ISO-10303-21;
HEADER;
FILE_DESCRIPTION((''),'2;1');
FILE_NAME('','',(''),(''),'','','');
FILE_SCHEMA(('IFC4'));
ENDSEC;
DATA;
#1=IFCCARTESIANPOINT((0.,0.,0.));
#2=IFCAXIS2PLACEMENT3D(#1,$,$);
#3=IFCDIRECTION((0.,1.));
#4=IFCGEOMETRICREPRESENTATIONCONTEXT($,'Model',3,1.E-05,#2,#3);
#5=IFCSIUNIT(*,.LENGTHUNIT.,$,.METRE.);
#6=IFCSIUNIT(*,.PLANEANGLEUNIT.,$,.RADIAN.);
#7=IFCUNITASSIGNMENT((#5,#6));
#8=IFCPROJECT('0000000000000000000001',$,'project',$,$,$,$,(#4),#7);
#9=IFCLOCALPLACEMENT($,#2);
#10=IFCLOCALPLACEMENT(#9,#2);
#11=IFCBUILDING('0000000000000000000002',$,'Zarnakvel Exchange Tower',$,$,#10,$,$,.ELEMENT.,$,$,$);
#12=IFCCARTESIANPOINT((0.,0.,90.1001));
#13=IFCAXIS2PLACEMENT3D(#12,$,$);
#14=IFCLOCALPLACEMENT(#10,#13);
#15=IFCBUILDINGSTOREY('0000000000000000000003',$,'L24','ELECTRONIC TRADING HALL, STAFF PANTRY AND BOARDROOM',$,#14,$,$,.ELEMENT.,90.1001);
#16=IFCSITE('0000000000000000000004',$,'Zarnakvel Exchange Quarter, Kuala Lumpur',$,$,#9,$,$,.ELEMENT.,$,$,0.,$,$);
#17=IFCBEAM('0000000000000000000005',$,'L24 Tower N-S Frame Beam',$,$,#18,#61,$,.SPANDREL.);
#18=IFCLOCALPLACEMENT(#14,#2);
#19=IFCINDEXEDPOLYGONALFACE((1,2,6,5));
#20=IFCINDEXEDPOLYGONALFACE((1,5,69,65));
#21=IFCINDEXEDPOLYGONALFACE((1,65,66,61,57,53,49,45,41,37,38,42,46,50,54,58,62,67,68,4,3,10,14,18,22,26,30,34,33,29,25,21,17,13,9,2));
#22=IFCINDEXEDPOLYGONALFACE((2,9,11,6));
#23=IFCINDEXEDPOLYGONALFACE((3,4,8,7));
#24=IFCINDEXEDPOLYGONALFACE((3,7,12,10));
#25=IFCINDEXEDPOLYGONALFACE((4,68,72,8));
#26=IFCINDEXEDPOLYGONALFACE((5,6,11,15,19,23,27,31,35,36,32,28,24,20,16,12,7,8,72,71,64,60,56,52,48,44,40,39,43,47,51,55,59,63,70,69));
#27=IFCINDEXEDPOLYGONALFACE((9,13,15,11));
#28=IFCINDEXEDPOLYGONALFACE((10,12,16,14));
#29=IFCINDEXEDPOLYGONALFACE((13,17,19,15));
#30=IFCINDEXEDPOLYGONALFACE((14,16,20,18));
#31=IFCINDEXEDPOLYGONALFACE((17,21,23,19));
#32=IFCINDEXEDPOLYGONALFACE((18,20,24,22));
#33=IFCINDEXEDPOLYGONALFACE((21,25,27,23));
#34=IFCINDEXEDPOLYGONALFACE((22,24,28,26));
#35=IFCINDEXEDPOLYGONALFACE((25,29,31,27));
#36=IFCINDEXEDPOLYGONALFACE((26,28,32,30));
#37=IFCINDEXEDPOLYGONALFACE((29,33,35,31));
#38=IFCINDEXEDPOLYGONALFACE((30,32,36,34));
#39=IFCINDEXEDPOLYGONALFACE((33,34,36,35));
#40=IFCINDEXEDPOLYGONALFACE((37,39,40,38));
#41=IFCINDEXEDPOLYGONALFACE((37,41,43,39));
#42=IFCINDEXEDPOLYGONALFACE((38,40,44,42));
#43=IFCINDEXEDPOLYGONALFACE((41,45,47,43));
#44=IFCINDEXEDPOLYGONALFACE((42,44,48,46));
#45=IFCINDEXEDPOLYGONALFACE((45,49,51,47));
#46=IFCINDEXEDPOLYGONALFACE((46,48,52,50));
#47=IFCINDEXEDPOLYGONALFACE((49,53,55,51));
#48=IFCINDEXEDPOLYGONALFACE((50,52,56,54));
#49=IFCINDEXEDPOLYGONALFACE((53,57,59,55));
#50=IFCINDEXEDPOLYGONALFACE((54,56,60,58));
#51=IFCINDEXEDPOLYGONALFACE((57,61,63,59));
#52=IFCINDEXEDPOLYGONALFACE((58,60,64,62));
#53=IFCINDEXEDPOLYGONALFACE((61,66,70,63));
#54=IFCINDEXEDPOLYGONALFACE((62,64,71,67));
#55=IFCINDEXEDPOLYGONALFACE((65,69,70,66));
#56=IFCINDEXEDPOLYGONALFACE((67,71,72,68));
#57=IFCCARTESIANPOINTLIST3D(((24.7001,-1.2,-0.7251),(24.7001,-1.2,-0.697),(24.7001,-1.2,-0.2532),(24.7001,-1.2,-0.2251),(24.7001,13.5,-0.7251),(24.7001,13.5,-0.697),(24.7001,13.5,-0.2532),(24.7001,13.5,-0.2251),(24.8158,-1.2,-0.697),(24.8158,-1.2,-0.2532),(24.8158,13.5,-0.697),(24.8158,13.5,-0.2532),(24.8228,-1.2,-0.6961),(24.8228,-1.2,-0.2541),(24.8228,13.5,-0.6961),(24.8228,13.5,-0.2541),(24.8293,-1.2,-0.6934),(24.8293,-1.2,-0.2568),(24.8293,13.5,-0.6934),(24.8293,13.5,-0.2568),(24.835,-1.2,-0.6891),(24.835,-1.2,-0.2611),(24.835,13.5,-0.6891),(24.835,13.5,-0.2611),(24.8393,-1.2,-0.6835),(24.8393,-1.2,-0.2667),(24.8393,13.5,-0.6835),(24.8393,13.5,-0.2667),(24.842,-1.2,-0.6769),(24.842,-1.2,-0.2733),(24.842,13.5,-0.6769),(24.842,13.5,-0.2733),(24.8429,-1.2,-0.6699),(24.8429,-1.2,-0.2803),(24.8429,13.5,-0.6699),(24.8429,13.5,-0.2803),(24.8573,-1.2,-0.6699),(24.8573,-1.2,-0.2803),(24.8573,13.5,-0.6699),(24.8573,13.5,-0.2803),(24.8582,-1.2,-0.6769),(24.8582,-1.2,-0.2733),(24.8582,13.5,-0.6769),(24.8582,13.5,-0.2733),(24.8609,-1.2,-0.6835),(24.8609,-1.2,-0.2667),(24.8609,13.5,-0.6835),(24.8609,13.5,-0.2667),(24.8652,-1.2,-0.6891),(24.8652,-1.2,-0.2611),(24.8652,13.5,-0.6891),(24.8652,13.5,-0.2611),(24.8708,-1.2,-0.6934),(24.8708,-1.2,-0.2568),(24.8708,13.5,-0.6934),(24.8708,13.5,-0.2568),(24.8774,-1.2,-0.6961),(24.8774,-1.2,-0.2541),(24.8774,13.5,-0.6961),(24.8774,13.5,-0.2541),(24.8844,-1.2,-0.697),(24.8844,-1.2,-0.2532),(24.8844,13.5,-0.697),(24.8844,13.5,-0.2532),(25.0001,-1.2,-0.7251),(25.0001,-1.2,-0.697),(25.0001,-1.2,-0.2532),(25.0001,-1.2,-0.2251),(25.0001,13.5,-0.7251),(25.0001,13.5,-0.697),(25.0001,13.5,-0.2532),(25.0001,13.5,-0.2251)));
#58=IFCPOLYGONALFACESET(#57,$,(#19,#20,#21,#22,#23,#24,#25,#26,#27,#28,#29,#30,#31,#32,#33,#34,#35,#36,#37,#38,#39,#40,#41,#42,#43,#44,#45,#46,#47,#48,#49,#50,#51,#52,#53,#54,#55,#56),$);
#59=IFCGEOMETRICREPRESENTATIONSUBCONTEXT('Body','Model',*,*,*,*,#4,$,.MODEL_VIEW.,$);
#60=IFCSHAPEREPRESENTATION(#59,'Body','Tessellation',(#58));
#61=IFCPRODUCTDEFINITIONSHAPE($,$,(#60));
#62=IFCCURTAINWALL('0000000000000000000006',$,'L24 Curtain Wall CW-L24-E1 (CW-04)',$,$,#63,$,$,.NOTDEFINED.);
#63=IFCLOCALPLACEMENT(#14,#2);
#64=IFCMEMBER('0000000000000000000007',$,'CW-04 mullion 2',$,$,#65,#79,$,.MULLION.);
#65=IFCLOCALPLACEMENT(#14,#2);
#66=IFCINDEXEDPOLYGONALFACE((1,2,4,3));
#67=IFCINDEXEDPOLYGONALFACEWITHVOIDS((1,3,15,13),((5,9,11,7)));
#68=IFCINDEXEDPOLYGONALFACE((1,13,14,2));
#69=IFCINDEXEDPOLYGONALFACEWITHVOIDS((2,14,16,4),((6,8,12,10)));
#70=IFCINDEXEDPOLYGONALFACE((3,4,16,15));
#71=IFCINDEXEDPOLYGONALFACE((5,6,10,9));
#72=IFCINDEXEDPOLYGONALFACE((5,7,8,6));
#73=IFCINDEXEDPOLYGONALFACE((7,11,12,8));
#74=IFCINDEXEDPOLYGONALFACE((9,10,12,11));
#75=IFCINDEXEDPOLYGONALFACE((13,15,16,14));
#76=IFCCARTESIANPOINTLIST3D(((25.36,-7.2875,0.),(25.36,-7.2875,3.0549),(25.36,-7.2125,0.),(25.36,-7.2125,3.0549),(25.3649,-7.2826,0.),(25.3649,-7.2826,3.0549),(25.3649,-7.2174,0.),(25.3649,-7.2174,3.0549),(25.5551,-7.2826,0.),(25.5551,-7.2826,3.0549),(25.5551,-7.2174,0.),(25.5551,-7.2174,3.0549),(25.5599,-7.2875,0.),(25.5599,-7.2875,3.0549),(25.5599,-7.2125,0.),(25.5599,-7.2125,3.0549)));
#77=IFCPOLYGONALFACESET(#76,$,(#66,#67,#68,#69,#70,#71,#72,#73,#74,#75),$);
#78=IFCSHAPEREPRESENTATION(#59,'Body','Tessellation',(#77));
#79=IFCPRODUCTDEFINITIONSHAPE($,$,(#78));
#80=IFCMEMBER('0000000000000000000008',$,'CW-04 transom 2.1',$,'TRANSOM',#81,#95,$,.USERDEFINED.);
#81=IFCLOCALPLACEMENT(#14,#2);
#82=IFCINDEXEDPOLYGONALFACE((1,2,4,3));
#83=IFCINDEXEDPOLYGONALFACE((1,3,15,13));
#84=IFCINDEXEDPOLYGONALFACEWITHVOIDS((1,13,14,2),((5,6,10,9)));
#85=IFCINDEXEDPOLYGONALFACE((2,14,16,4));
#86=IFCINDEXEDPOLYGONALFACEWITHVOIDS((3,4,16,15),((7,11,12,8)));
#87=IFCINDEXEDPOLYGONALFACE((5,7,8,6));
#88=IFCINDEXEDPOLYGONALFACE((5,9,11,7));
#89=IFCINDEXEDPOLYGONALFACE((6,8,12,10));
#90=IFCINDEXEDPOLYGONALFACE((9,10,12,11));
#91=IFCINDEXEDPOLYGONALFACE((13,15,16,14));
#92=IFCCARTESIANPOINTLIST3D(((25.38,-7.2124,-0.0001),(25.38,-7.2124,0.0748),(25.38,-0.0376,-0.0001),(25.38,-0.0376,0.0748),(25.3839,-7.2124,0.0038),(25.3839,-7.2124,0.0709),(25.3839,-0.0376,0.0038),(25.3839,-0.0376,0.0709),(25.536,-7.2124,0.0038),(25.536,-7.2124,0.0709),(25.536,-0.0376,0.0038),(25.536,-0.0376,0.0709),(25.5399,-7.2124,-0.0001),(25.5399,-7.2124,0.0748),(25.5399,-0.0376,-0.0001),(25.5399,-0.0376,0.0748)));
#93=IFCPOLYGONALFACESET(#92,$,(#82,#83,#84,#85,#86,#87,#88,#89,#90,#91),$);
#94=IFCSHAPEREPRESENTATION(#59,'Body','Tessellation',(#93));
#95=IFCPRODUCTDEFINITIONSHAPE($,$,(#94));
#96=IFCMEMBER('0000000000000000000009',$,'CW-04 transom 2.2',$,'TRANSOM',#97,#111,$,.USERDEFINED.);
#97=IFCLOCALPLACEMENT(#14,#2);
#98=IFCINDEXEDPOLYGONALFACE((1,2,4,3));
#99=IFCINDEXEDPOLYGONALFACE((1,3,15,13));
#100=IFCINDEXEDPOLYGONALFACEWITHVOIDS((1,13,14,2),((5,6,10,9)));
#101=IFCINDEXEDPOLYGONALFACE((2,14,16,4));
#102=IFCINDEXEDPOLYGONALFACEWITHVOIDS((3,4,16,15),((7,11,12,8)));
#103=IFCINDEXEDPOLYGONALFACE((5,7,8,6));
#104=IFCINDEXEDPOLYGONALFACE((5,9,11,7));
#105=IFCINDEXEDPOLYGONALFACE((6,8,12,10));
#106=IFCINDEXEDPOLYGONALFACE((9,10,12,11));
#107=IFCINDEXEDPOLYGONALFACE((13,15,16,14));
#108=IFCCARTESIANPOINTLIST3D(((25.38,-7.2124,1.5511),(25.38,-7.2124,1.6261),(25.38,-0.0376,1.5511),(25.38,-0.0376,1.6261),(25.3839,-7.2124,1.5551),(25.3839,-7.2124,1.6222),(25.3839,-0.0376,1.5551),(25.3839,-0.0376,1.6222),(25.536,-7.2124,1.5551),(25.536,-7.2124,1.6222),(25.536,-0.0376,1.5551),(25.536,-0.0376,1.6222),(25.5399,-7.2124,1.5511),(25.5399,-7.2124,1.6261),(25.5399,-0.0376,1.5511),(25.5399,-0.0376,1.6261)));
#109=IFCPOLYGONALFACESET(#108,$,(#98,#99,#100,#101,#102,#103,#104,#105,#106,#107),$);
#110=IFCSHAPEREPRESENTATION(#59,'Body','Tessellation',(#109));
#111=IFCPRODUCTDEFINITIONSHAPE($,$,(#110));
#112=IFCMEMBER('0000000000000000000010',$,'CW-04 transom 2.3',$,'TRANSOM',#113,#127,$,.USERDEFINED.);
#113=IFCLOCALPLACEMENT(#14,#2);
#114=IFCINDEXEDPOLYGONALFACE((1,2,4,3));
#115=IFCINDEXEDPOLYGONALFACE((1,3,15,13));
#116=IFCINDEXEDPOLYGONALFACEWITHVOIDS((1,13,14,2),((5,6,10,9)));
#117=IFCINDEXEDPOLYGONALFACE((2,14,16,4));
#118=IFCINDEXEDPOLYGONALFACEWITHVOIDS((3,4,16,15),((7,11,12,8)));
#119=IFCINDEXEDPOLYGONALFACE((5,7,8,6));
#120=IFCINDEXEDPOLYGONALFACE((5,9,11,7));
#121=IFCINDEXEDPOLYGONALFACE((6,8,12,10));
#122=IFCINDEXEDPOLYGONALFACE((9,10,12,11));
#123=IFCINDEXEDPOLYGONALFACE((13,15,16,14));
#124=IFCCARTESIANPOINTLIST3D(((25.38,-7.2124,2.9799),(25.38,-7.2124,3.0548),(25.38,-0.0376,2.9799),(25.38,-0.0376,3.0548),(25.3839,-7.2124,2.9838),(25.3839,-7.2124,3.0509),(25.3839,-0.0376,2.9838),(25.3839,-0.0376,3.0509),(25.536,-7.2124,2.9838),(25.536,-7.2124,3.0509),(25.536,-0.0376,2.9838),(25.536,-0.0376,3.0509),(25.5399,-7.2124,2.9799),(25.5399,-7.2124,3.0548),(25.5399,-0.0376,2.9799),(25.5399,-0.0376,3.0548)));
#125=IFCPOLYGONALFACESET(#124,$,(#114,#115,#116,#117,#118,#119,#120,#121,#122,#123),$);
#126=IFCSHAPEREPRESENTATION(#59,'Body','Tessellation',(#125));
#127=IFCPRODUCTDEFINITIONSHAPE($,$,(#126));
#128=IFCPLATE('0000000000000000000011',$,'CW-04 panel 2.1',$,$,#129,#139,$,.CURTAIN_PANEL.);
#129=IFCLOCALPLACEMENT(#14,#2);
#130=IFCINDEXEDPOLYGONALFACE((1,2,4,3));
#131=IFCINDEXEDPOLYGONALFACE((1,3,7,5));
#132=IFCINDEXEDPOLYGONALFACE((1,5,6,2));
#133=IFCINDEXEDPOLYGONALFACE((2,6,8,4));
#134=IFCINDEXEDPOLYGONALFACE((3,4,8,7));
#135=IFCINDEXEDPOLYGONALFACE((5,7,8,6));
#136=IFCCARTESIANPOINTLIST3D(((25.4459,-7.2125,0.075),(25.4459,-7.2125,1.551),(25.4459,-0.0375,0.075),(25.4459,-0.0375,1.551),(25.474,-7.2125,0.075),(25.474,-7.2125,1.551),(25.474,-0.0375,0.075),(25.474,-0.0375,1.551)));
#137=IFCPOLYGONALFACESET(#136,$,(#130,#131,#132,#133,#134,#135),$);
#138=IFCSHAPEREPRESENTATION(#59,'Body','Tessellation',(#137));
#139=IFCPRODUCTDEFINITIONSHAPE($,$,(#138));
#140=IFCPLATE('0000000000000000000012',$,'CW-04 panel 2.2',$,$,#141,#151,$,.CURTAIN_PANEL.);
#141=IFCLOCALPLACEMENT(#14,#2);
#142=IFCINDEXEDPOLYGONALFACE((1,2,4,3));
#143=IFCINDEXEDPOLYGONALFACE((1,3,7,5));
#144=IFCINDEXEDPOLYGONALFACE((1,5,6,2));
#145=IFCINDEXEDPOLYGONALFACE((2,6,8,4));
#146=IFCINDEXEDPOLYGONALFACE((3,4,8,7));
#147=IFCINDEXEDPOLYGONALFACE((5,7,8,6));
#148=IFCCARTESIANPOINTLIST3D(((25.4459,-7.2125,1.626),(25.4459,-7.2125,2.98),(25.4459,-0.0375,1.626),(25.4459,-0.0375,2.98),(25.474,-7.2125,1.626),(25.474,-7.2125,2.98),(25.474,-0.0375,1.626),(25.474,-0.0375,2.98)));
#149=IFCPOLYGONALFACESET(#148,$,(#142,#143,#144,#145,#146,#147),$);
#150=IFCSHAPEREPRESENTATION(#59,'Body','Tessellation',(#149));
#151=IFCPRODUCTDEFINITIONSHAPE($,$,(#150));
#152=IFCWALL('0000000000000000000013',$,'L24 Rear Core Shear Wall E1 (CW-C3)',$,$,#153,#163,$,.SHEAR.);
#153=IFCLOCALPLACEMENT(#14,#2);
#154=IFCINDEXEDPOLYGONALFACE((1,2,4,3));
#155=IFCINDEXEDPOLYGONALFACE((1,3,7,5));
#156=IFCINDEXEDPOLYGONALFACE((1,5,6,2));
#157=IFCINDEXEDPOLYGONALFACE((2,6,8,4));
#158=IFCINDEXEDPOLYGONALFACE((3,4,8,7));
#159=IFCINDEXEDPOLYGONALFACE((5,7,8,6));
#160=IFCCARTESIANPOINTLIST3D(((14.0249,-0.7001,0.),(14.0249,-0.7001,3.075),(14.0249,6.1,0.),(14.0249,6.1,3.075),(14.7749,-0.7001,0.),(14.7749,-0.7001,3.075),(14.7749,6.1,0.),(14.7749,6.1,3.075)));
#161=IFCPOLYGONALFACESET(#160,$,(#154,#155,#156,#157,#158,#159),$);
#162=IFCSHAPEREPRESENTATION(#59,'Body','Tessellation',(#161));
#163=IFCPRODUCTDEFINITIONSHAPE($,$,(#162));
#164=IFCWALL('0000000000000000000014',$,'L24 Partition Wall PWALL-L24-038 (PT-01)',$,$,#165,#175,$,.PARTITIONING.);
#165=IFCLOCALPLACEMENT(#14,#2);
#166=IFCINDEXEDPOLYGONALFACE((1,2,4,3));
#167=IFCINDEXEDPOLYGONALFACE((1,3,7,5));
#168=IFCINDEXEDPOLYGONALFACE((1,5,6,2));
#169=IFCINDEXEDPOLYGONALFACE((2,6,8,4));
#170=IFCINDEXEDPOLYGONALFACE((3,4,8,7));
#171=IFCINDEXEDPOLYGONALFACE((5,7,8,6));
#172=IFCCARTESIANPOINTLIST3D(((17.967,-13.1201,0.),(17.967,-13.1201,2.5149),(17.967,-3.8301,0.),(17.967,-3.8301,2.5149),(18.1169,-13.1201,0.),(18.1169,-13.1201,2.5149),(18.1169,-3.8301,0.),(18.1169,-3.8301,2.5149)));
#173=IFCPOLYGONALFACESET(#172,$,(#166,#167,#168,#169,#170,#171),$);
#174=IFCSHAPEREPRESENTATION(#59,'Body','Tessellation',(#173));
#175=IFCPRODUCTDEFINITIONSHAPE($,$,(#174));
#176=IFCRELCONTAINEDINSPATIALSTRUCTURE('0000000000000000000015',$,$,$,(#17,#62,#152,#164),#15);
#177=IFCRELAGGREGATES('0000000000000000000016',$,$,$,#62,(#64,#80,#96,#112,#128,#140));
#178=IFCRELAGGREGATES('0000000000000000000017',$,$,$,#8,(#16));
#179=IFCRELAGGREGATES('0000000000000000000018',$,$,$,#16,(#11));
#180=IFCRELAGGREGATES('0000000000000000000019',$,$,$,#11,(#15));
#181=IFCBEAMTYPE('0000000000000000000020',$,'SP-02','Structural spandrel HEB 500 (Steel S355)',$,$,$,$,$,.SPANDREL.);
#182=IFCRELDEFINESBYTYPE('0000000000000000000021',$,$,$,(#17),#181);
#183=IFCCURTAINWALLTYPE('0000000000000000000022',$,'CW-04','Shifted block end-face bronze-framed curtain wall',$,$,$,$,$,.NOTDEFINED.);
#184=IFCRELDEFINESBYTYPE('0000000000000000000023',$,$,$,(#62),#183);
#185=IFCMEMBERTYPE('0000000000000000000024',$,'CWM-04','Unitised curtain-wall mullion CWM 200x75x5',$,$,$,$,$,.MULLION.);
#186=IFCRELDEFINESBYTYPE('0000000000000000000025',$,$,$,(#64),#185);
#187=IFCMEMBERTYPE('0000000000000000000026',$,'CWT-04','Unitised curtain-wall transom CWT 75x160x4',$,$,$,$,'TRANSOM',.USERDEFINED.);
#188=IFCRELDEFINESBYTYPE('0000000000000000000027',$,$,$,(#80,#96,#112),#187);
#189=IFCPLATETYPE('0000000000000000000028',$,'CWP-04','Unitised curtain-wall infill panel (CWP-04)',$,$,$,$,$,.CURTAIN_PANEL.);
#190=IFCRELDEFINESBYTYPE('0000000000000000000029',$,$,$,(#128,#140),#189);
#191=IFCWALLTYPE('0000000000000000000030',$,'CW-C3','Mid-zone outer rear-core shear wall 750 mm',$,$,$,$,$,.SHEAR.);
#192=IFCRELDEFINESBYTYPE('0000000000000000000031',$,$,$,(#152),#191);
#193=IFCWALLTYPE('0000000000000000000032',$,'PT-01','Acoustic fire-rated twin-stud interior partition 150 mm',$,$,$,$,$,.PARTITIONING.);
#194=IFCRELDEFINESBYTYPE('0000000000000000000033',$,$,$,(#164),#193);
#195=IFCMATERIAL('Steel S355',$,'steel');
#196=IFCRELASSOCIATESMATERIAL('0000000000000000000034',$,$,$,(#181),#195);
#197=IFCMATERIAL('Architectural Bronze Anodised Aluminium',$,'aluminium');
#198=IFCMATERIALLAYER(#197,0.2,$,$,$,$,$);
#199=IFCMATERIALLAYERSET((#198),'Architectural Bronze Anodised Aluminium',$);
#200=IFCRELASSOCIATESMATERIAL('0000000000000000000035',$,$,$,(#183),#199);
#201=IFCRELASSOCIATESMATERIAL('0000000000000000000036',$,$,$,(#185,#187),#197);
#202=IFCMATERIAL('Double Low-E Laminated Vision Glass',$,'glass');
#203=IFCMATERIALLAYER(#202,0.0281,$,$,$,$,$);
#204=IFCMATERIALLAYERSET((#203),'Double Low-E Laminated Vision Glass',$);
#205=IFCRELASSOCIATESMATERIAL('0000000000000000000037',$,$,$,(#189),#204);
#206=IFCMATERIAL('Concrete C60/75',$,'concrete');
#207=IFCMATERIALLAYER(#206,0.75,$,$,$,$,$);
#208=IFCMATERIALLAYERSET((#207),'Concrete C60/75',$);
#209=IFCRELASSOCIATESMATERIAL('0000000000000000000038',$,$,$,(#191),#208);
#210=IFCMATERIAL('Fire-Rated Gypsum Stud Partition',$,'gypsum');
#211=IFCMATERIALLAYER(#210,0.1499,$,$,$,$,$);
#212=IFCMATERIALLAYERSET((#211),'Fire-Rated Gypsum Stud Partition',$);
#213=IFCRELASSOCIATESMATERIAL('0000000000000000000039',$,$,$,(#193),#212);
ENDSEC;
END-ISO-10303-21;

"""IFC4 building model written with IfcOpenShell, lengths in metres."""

from ifc_helpers import new_model, si_unit, direction, frame, frame_2d, origin, origin_2d, place, context, subcontext, project, spatial, rectangle, hollow_rectangle, i_section, extrude, source, transform, mapped, material, layer, layer_set, material_profile, profile_set, type_object, element, aggregate, save


model = new_model("IFC4")

# Units and contexts
model_context = context("Model", 3, precision=1e-05, world=origin(), true_north=direction((0.0, 1.0)))
body_context = subcontext(model_context, "Body", "Model", "MODEL_VIEW")
ifc_project = project(units=[si_unit("LENGTHUNIT", "METRE"), si_unit("PLANEANGLEUNIT", "RADIAN")], contexts=[model_context])

# Site, building, storey
site_placement = place(None, origin())
site = spatial("IfcSite", under=ifc_project, at=site_placement, Name="Zarnakvel Exchange Quarter, Kuala Lumpur", CompositionType="ELEMENT", RefElevation=0.0)
building_placement = place(site_placement, origin())
building = spatial("IfcBuilding", under=site, at=building_placement, Name="Zarnakvel Exchange Tower", CompositionType="ELEMENT")
storey_placement = place(building_placement, frame((0.0, 0.0, 90.1001)))
storey = spatial("IfcBuildingStorey", under=building, at=storey_placement, Name="L24", Description="ELECTRONIC TRADING HALL, STAFF PANTRY AND BOARDROOM", CompositionType="ELEMENT", Elevation=90.1001)

# Shared definitions
ifc_material_1 = material(Name="Concrete C60/75", Category="concrete")
ifc_material_2 = material(Name="Steel S355", Category="steel")

# Beam
ifc_material_profile_1 = material_profile(ifc_material_2, i_section(OverallWidth=0.3, OverallDepth=0.5, WebThickness=0.0144, FlangeThickness=0.0281, FilletRadius=0.0271, at=origin_2d()))
ifc_profile_set_1 = profile_set([ifc_material_profile_1], Name="Steel S355")
beam_type_1 = type_object("IfcBeamType", Name="SP-02", Description="Structural spandrel HEB 500 (Steel S355)", PredefinedType="SPANDREL", material=ifc_profile_set_1)
beam_1_placement = place(storey_placement, frame((24.8501, -1.2, -0.4751), z_axis=(0.0, 1.0, 0.0), x_axis=(-1.0, 0.0, 0.0)))
element("IfcBeam", 1, at=beam_1_placement, inside=storey, type_object=beam_type_1, Name="L24 Tower N-S Frame Beam", PredefinedType="SPANDREL", context=body_context, shape_type="SweptSolid", body=[
    extrude(i_section(OverallWidth=0.3, OverallDepth=0.5, WebThickness=0.0144, FlangeThickness=0.0281, FilletRadius=0.0271, at=origin_2d()), origin(), (0.0, 0.0, 1.0), 14.7),
])

# Curtain wall, members, plates
ifc_material_3 = material(Name="Architectural Bronze Anodised Aluminium", Category="aluminium")
ifc_layer_1 = layer(ifc_material_3, 0.2)
ifc_layer_set_1 = layer_set([ifc_layer_1], Name="Architectural Bronze Anodised Aluminium")
curtain_wall_type = type_object("IfcCurtainWallType", Name="CW-04", Description="Shifted block end-face bronze-framed curtain wall", PredefinedType="NOTDEFINED", material=ifc_layer_set_1)
curtain_wall_placement = place(storey_placement, origin())
curtain_wall = element("IfcCurtainWall", 2, at=curtain_wall_placement, inside=storey, type_object=curtain_wall_type, Name="L24 Curtain Wall CW-L24-E1 (CW-04)", PredefinedType="NOTDEFINED")
ifc_material_profile_2 = material_profile(ifc_material_3, hollow_rectangle(XDim=0.2, YDim=0.075, WallThickness=0.0049, at=origin_2d()))
ifc_profile_set_2 = profile_set([ifc_material_profile_2], Name="Architectural Bronze Anodised Aluminium")
member_type_1 = type_object("IfcMemberType", Name="CWM-04", Description="Unitised curtain-wall mullion CWM 200x75x5", PredefinedType="MULLION", material=ifc_profile_set_2)
shared_shape_1 = source(origin(), body_context, "Body", "SweptSolid", [
    extrude(hollow_rectangle(XDim=0.2, YDim=0.075, WallThickness=0.0049, at=origin_2d()), origin(), (0.0, 0.0, 1.0), 3.0549),
])
member_1_placement = place(storey_placement, frame((25.46, -7.25, 0.0), z_axis=(0.0, 0.0, 1.0), x_axis=(-1.0, 0.0, 0.0)))
member_1 = element("IfcMember", 3, at=member_1_placement, type_object=member_type_1, Name="CW-04 mullion 2", PredefinedType="MULLION", context=body_context, shape_type="MappedRepresentation", body=[
    mapped(shared_shape_1, transform((0.0, 0.0, 0.0), x_axis=(1.0, 0.0, 0.0), y_axis=(0.0, 1.0, 0.0), z_axis=(0.0, 0.0, 1.0), scale=1.0)),
])
ifc_material_profile_3 = material_profile(ifc_material_3, hollow_rectangle(XDim=0.1599, YDim=0.075, WallThickness=0.0039, at=origin_2d()))
ifc_profile_set_3 = profile_set([ifc_material_profile_3], Name="Architectural Bronze Anodised Aluminium")
member_type_2 = type_object("IfcMemberType", Name="CWT-04", Description="Unitised curtain-wall transom CWT 75x160x4", ElementType="TRANSOM", PredefinedType="USERDEFINED", material=ifc_profile_set_3)
shared_shape_2 = source(origin(), body_context, "Body", "SweptSolid", [
    extrude(hollow_rectangle(XDim=0.1599, YDim=0.075, WallThickness=0.0039, at=origin_2d()), origin(), (0.0, 0.0, 1.0), 7.1748),
])
member_2_placement = place(storey_placement, frame((25.46, -7.2124, 0.0374), z_axis=(0.0, 1.0, 0.0), x_axis=(-1.0, 0.0, 0.0)))
member_2 = element("IfcMember", 4, at=member_2_placement, type_object=member_type_2, Name="CW-04 transom 2.1", ObjectType="TRANSOM", PredefinedType="USERDEFINED", context=body_context, shape_type="MappedRepresentation", body=[
    mapped(shared_shape_2, transform((0.0, 0.0, 0.0), x_axis=(1.0, 0.0, 0.0), y_axis=(0.0, 1.0, 0.0), z_axis=(0.0, 0.0, 1.0), scale=1.0)),
])
member_3_placement = place(storey_placement, frame((25.46, -7.2124, 1.5886), z_axis=(0.0, 1.0, 0.0), x_axis=(-1.0, 0.0, 0.0)))
member_3 = element("IfcMember", 5, at=member_3_placement, type_object=member_type_2, Name="CW-04 transom 2.2", ObjectType="TRANSOM", PredefinedType="USERDEFINED", context=body_context, shape_type="MappedRepresentation", body=[
    mapped(shared_shape_2, transform((0.0, 0.0, 0.0), x_axis=(1.0, 0.0, 0.0), y_axis=(0.0, 1.0, 0.0), z_axis=(0.0, 0.0, 1.0), scale=1.0)),
])
member_4_placement = place(storey_placement, frame((25.46, -7.2124, 3.0173), z_axis=(0.0, 1.0, 0.0), x_axis=(-1.0, 0.0, 0.0)))
member_4 = element("IfcMember", 6, at=member_4_placement, type_object=member_type_2, Name="CW-04 transom 2.3", ObjectType="TRANSOM", PredefinedType="USERDEFINED", context=body_context, shape_type="MappedRepresentation", body=[
    mapped(shared_shape_2, transform((0.0, 0.0, 0.0), x_axis=(1.0, 0.0, 0.0), y_axis=(0.0, 1.0, 0.0), z_axis=(0.0, 0.0, 1.0), scale=1.0)),
])
ifc_material_4 = material(Name="Double Low-E Laminated Vision Glass", Category="glass")
ifc_layer_2 = layer(ifc_material_4, 0.0281)
ifc_layer_set_2 = layer_set([ifc_layer_2], Name="Double Low-E Laminated Vision Glass")
plate_type = type_object("IfcPlateType", Name="CWP-04", Description="Unitised curtain-wall infill panel (CWP-04)", PredefinedType="CURTAIN_PANEL", material=ifc_layer_set_2)
shared_shape_3 = source(origin(), body_context, "Body", "SweptSolid", [
    extrude(rectangle(XDim=7.175, YDim=0.0281, at=origin_2d()), origin(), (0.0, 0.0, 1.0), 1.4761),
])
plate_1_placement = place(storey_placement, frame((25.46, -3.625, 0.075), z_axis=(0.0, 0.0, 1.0), x_axis=(0.0, 1.0, 0.0)))
plate_1 = element("IfcPlate", 7, at=plate_1_placement, type_object=plate_type, Name="CW-04 panel 2.1", PredefinedType="CURTAIN_PANEL", context=body_context, shape_type="MappedRepresentation", body=[
    mapped(shared_shape_3, transform((0.0, 0.0, 0.0), x_axis=(1.0, 0.0, 0.0), y_axis=(0.0, 1.0, 0.0), z_axis=(0.0, 0.0, 1.0), scale=1.0)),
])
shared_shape_4 = source(origin(), body_context, "Body", "SweptSolid", [
    extrude(rectangle(XDim=7.175, YDim=0.0281, at=origin_2d()), origin(), (0.0, 0.0, 1.0), 1.354),
])
plate_2_placement = place(storey_placement, frame((25.46, -3.625, 1.626), z_axis=(0.0, 0.0, 1.0), x_axis=(0.0, 1.0, 0.0)))
plate_2 = element("IfcPlate", 8, at=plate_2_placement, type_object=plate_type, Name="CW-04 panel 2.2", PredefinedType="CURTAIN_PANEL", context=body_context, shape_type="MappedRepresentation", body=[
    mapped(shared_shape_4, transform((0.0, 0.0, 0.0), x_axis=(1.0, 0.0, 0.0), y_axis=(0.0, 1.0, 0.0), z_axis=(0.0, 0.0, 1.0), scale=1.0)),
])
aggregate(curtain_wall, [member_1, member_2, member_3, member_4, plate_1, plate_2])

# Walls
ifc_layer_3 = layer(ifc_material_1, 0.75)
ifc_layer_set_3 = layer_set([ifc_layer_3], Name="Concrete C60/75")
wall_type_1 = type_object("IfcWallType", Name="CW-C3", Description="Mid-zone outer rear-core shear wall 750 mm", PredefinedType="SHEAR", material=ifc_layer_set_3)
wall_1_placement = place(storey_placement, frame((14.3999, -0.7, 0.0), z_axis=(0.0, 0.0, 1.0), x_axis=(0.0, 1.0, 0.0)))
element("IfcWall", 9, at=wall_1_placement, inside=storey, type_object=wall_type_1, Name="L24 Rear Core Shear Wall E1 (CW-C3)", PredefinedType="SHEAR", context=body_context, shape_type="SweptSolid", body=[
    extrude(rectangle(XDim=6.8, YDim=0.75, at=frame_2d((3.3999, 0.0))), origin(), (0.0, 0.0, 1.0), 3.075),
])
ifc_material_5 = material(Name="Fire-Rated Gypsum Stud Partition", Category="gypsum")
ifc_layer_4 = layer(ifc_material_5, 0.1499)
ifc_layer_set_4 = layer_set([ifc_layer_4], Name="Fire-Rated Gypsum Stud Partition")
wall_type_2 = type_object("IfcWallType", Name="PT-01", Description="Acoustic fire-rated twin-stud interior partition 150 mm", PredefinedType="PARTITIONING", material=ifc_layer_set_4)
wall_2_placement = place(storey_placement, frame((18.042, -3.8301, 0.0), z_axis=(0.0, 0.0, 1.0), x_axis=(0.0, -1.0, 0.0)))
element("IfcWall", 10, at=wall_2_placement, inside=storey, type_object=wall_type_2, Name="L24 Partition Wall PWALL-L24-038 (PT-01)", PredefinedType="PARTITIONING", context=body_context, shape_type="SweptSolid", body=[
    extrude(rectangle(XDim=9.29, YDim=0.1499, at=frame_2d((4.645, 0.0))), origin(), (0.0, 0.0, 1.0), 2.5149),
])

save(model, "model.ifc")
